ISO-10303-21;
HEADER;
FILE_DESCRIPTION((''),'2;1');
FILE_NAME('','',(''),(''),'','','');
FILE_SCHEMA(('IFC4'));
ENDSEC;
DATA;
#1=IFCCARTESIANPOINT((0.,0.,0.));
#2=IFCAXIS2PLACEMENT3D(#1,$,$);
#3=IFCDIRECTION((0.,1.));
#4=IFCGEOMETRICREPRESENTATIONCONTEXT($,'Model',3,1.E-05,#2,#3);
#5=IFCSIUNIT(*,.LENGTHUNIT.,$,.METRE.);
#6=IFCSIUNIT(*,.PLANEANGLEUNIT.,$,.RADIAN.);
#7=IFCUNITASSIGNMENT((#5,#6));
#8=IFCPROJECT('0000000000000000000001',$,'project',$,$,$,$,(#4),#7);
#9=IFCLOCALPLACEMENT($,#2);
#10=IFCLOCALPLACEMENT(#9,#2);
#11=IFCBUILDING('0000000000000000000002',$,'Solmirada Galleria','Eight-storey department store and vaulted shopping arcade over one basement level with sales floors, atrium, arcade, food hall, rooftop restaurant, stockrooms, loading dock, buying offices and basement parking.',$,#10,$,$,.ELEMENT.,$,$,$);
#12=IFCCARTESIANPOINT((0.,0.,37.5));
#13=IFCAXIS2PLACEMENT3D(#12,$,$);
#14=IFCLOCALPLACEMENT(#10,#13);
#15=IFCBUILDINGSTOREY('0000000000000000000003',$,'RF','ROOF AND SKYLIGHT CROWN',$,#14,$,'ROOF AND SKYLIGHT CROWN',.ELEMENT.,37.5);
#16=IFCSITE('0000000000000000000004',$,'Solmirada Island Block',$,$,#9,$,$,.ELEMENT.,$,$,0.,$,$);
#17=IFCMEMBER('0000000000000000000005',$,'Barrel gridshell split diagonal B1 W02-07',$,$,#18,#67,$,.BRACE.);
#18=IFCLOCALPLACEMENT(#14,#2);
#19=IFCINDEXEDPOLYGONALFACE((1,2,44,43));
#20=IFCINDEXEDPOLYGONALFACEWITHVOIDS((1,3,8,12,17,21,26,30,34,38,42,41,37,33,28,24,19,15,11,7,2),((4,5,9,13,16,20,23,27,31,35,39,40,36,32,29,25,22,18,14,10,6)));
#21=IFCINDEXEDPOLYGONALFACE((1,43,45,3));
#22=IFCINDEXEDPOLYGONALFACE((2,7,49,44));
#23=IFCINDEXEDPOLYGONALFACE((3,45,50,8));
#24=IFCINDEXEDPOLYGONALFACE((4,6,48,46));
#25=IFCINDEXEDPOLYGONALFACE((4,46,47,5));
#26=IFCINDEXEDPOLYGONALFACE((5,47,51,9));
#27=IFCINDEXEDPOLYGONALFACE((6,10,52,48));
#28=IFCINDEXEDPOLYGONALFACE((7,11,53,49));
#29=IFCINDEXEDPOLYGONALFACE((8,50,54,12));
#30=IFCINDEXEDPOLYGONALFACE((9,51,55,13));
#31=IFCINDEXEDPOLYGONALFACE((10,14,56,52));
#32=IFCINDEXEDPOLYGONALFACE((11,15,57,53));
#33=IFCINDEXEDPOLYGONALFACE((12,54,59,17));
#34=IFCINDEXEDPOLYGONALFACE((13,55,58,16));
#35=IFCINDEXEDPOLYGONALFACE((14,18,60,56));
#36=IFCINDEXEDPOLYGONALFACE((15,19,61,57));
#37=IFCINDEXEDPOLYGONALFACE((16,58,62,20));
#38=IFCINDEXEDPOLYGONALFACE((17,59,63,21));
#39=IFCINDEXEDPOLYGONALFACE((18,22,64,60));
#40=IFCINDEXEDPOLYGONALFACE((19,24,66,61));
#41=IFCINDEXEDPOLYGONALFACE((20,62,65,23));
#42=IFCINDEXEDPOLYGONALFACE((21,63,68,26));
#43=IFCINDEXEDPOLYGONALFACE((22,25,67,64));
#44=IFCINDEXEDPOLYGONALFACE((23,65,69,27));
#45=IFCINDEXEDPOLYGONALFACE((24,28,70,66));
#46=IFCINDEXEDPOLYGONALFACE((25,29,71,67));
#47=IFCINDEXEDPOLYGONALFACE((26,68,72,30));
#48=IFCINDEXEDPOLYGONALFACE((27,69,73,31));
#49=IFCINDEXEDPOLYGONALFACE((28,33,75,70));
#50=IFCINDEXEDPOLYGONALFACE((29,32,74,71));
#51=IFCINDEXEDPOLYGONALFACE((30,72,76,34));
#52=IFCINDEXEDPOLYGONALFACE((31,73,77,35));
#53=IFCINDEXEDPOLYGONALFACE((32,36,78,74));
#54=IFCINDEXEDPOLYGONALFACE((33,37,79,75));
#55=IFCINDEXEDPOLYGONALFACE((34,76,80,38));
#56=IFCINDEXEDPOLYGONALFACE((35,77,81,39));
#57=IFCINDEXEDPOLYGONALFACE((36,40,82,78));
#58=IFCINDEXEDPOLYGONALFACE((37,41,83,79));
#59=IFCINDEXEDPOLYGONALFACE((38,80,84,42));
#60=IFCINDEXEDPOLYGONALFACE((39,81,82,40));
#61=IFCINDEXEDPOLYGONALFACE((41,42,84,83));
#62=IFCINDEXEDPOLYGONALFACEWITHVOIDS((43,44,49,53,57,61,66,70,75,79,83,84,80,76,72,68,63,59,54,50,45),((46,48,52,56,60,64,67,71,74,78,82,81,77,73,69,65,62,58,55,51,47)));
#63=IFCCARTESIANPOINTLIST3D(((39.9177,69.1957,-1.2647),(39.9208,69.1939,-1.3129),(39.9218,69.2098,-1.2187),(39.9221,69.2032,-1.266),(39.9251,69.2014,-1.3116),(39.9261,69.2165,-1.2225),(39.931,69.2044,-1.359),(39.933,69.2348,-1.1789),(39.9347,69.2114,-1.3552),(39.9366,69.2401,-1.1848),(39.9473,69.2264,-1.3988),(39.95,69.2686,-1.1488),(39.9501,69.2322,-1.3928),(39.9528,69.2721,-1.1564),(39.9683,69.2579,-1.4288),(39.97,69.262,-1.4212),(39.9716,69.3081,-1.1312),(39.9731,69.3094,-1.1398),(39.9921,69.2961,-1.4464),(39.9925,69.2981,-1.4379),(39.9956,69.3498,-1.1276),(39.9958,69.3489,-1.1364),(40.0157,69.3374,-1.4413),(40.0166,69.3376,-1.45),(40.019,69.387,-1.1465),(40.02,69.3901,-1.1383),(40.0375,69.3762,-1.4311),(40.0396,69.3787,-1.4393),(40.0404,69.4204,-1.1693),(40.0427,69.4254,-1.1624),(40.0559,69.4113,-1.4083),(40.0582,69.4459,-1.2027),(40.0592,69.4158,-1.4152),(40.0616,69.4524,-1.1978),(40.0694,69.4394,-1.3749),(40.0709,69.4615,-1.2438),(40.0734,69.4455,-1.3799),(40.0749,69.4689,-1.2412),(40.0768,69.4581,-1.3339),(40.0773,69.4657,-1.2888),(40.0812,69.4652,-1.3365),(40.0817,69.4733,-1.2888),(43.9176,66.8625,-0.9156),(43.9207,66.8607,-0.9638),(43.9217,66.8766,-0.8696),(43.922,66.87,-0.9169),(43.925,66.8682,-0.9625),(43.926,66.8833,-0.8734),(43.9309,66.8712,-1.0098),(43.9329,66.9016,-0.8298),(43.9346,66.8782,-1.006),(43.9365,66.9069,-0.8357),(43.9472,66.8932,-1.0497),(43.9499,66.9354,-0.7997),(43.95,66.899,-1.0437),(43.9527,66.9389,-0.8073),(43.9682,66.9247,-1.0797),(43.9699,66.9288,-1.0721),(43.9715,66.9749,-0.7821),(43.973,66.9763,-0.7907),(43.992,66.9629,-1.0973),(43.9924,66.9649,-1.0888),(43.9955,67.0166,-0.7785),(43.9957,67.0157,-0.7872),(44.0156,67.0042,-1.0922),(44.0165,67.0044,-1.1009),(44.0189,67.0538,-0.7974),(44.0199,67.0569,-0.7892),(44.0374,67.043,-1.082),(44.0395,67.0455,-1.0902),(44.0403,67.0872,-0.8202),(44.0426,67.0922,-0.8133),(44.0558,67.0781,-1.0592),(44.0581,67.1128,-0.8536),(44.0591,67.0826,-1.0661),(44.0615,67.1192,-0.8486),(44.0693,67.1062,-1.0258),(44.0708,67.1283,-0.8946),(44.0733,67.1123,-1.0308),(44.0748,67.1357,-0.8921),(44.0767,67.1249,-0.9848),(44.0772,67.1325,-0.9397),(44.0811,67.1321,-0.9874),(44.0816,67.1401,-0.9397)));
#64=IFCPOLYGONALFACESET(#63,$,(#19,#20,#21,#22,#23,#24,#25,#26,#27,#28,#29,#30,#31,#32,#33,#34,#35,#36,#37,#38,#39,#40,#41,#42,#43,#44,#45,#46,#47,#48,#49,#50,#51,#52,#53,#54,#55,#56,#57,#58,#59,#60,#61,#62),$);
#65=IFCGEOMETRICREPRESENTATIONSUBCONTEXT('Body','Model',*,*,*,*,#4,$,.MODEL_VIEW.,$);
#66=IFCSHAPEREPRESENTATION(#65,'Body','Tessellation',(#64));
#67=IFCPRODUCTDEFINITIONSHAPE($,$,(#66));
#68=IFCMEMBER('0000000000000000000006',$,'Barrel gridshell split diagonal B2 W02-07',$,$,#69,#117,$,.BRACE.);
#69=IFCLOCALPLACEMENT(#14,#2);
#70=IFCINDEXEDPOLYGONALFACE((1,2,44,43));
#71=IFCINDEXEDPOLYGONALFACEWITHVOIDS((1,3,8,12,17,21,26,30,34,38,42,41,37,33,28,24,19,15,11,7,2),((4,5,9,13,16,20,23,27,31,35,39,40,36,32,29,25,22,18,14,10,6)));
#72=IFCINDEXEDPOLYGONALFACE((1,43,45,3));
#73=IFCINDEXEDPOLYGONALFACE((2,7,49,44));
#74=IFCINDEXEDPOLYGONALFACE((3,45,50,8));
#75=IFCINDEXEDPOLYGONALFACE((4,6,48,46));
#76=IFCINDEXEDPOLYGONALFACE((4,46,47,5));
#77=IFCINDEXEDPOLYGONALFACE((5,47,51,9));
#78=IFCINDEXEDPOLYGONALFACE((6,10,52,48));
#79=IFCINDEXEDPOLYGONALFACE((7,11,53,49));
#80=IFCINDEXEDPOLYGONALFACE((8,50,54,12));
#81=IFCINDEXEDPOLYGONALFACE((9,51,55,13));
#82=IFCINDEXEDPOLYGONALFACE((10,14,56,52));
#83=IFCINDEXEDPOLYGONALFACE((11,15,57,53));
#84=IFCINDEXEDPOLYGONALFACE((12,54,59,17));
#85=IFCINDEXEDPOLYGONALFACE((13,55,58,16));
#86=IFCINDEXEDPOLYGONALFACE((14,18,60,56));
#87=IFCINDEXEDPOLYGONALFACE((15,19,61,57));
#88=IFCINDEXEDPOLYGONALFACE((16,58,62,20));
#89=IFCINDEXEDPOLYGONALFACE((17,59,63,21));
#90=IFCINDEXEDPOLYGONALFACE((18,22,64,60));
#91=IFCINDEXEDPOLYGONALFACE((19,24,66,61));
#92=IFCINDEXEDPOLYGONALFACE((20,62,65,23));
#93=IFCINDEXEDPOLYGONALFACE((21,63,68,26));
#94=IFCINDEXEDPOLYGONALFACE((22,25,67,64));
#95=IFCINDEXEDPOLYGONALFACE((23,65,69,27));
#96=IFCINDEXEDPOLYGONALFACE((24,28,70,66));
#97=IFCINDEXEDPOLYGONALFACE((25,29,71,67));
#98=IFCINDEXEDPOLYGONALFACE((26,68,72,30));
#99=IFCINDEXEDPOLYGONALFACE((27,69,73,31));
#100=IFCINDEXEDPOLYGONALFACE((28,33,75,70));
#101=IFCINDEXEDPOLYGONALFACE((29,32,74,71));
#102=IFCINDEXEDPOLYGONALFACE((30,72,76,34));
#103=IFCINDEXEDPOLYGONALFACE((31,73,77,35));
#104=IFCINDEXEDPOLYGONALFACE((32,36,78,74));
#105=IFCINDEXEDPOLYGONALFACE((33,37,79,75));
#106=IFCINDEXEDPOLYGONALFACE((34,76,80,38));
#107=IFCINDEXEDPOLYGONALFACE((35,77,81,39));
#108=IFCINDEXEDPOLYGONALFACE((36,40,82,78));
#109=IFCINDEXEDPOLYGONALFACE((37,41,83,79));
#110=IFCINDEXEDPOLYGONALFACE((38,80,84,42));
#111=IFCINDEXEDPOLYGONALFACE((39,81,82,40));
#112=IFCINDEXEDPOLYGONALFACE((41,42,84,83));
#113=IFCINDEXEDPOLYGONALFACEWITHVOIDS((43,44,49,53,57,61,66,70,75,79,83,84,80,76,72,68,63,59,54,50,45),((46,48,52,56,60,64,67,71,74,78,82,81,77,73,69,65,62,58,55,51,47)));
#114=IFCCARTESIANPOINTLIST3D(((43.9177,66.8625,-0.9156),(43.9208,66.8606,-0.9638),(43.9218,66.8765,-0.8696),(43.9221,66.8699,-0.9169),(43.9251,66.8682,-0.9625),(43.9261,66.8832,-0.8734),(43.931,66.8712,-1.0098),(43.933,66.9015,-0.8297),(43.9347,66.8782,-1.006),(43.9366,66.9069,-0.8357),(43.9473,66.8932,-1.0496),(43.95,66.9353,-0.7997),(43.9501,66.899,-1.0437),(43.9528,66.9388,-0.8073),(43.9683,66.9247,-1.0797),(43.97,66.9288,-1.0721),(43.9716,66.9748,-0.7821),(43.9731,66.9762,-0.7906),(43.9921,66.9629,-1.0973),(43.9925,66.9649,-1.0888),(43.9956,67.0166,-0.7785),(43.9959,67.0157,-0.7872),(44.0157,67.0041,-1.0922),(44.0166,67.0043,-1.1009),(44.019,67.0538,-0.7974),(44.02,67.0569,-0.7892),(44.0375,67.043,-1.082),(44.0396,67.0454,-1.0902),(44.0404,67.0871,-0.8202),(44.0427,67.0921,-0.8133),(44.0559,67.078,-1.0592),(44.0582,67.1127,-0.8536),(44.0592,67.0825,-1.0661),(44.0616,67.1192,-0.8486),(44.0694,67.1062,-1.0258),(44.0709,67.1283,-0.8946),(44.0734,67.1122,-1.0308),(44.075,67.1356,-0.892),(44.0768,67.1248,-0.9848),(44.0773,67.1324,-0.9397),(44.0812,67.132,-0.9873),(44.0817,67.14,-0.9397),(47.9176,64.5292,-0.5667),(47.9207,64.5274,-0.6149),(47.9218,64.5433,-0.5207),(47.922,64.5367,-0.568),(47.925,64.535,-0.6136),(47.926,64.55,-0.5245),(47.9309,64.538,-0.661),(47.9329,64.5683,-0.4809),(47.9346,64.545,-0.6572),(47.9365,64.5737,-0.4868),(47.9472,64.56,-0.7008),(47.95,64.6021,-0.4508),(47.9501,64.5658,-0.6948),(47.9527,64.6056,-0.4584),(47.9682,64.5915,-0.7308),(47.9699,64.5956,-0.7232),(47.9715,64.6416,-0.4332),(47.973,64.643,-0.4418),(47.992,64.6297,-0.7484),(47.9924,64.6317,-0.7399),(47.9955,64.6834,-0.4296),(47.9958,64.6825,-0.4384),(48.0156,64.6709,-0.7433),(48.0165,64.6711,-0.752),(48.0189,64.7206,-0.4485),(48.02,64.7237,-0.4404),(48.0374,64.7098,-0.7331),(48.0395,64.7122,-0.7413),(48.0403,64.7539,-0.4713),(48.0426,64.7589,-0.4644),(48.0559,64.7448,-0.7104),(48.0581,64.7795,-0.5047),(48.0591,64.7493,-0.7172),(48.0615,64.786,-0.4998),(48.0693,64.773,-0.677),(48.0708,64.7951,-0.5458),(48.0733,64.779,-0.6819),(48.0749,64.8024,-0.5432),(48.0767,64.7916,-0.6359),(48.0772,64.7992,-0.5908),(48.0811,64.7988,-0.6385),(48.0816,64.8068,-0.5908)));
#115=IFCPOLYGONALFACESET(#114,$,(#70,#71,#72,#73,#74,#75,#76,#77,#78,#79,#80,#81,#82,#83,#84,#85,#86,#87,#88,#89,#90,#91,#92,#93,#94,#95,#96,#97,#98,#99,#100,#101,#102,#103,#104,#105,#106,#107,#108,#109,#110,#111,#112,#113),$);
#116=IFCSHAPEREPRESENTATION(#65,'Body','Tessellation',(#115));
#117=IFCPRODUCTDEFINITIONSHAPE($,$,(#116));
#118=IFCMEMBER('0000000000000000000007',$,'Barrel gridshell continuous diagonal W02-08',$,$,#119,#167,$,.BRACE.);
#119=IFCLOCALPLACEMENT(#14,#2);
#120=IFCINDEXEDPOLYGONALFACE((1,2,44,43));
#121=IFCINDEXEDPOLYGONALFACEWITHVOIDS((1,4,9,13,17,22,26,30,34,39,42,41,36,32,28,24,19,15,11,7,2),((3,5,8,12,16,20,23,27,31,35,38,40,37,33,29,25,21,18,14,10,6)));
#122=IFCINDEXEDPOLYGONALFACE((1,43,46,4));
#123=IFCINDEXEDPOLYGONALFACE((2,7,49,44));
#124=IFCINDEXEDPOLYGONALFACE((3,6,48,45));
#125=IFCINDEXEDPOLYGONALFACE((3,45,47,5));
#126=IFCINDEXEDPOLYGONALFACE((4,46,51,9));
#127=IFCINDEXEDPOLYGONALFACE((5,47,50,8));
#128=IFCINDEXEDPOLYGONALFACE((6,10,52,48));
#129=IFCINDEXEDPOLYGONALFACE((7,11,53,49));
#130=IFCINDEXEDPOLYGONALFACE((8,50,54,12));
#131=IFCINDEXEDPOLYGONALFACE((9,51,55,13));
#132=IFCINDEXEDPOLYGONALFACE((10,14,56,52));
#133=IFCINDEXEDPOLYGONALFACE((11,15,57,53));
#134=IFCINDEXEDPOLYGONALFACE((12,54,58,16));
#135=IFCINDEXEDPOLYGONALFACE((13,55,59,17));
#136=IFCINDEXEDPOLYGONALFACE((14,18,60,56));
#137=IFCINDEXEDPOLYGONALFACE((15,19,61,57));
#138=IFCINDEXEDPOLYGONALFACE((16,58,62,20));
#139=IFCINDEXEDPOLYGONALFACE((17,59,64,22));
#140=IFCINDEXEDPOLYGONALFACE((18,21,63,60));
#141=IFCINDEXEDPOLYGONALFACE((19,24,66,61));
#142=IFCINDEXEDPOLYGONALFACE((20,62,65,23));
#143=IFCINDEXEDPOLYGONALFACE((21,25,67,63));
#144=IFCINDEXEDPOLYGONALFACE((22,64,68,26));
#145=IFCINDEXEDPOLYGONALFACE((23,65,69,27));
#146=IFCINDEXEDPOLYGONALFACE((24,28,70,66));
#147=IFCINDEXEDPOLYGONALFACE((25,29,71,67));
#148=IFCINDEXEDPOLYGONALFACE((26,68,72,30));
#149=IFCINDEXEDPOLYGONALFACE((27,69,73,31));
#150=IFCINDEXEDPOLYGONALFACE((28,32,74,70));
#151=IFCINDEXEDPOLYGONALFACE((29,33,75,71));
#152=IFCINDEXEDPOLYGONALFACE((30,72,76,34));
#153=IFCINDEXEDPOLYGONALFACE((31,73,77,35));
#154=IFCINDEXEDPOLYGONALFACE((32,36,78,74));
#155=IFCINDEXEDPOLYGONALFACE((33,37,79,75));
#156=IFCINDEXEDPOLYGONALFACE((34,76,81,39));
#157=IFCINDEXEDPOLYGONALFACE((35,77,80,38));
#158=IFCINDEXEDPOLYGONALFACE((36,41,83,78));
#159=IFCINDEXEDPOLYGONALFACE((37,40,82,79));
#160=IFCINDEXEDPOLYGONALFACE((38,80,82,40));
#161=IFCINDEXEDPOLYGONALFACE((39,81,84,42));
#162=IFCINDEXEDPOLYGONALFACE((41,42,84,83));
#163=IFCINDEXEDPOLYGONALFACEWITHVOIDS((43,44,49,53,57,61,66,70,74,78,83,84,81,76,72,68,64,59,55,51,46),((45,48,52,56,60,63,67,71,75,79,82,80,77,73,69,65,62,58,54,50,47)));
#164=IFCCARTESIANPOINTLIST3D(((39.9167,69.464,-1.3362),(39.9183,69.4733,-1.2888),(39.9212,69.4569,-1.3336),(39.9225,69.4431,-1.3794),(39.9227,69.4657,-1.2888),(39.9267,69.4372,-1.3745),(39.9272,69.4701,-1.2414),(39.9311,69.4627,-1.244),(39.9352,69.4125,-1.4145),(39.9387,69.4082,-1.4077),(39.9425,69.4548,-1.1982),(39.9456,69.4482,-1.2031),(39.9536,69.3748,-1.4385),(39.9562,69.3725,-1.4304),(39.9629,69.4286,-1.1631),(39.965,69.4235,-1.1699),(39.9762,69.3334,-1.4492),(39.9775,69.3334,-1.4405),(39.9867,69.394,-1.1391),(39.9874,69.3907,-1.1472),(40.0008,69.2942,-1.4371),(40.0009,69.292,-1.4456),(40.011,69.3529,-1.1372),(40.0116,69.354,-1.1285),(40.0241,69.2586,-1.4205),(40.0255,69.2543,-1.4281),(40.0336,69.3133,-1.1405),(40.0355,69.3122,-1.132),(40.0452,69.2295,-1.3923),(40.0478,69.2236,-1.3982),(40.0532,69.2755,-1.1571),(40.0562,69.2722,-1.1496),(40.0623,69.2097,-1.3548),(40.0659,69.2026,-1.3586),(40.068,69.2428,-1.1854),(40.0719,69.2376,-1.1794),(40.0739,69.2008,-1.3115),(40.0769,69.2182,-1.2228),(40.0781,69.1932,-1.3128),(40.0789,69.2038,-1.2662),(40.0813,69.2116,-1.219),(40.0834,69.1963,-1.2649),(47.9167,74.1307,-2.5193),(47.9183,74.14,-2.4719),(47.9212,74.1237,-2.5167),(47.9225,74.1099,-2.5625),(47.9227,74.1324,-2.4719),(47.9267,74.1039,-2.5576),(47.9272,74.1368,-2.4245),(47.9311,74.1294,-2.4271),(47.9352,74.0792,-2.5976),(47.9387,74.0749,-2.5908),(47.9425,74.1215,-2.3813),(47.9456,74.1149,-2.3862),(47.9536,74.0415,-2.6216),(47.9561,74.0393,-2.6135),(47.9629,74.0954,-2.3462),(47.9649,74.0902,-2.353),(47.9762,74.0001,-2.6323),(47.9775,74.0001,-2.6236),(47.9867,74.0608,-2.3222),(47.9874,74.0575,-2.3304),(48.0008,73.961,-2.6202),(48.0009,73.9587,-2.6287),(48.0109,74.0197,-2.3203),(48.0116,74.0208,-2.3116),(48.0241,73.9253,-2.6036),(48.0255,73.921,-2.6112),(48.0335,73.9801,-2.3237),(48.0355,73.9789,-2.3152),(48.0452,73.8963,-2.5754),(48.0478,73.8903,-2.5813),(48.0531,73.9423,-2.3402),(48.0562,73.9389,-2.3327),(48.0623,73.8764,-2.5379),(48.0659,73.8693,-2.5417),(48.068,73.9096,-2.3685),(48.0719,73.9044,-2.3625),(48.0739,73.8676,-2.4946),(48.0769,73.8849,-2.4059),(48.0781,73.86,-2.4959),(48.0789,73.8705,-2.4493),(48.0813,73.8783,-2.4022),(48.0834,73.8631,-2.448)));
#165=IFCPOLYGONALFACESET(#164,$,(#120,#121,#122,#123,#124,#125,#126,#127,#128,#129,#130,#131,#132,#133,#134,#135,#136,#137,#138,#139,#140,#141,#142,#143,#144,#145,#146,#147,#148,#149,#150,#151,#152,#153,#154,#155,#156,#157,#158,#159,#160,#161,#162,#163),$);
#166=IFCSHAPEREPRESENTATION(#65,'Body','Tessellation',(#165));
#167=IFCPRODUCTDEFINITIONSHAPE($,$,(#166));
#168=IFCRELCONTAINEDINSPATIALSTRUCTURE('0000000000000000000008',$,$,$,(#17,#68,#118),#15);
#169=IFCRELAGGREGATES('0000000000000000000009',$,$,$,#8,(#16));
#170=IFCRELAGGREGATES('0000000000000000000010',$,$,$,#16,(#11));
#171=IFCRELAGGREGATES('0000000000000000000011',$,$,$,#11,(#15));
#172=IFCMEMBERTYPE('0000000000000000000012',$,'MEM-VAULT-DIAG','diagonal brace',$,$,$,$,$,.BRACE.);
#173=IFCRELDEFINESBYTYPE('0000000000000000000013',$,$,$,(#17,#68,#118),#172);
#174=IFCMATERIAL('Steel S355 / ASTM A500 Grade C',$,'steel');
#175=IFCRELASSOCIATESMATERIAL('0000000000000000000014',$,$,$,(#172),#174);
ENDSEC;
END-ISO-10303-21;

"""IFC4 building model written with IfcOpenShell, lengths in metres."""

from ifc_helpers import new_model, si_unit, direction, frame, origin, origin_2d, place, context, subcontext, project, spatial, hollow_circle, extrude, material, material_profile, profile_set, type_object, element, save


model = new_model("IFC4")

# Units and contexts
model_context = context("Model", 3, precision=1e-05, world=origin(), true_north=direction((0.0, 1.0)))
body_context = subcontext(model_context, "Body", "Model", "MODEL_VIEW")
ifc_project = project(units=[si_unit("LENGTHUNIT", "METRE"), si_unit("PLANEANGLEUNIT", "RADIAN")], contexts=[model_context])

# Site, building, storey
site_placement = place(None, origin())
site = spatial("IfcSite", under=ifc_project, at=site_placement, Name="Solmirada Island Block", CompositionType="ELEMENT", RefElevation=0.0)
building_placement = place(site_placement, origin())
building = spatial("IfcBuilding", under=site, at=building_placement, Name="Solmirada Galleria", Description="Eight-storey department store and vaulted shopping arcade over one basement level with sales floors, atrium, arcade, food hall, rooftop restaurant, stockrooms, loading dock, buying offices and basement parking.", CompositionType="ELEMENT")
storey_placement = place(building_placement, frame((0.0, 0.0, 37.5)))
storey = spatial("IfcBuildingStorey", under=building, at=storey_placement, Name="RF", Description="ROOF AND SKYLIGHT CROWN", LongName="ROOF AND SKYLIGHT CROWN", CompositionType="ELEMENT", Elevation=37.5)

# Members
ifc_material_1 = material(Name="Steel S355 / ASTM A500 Grade C", Category="steel")
ifc_material_profile_1 = material_profile(ifc_material_1, hollow_circle(Radius=0.1621, WallThickness=0.0088, at=origin_2d()), Name="HSS12.750X0.375")
ifc_profile_set_1 = profile_set([ifc_material_profile_1], Name="Steel S355 / ASTM A500 Grade C")
member_type_1 = type_object("IfcMemberType", Name="MEM-VAULT-DIAG", Description="diagonal brace", PredefinedType="BRACE", material=ifc_profile_set_1)
for number, where, z_axis, x_axis, name in (
    (1, (40.0, 69.3333, -1.2888), (0.861342, -0.502432, 0.075178), (0.503858, 0.863787, 0.0), "Barrel gridshell split diagonal B1 W02-07"),
    (2, (44.0, 67.0, -0.9397), (0.861346, -0.502434, 0.075126), (0.503858, 0.863787, 0.0), "Barrel gridshell split diagonal B2 W02-07"),
):
    element("IfcMember", number, at=place(storey_placement, frame(where, z_axis=z_axis, x_axis=x_axis)), inside=storey, type_object=member_type_1, Name=name, PredefinedType="BRACE", context=body_context, shape_type="SweptSolid", body=[
        extrude(hollow_circle(Radius=0.1621, WallThickness=0.0088, at=origin_2d()), origin(), (0.0, 0.0, 1.0), 4.6438),
    ])
member_1_placement = place(storey_placement, frame((40.0, 69.3333, -1.2888), z_axis=(0.856813, 0.499816, -0.126712), x_axis=(-0.503878, 0.863775, 0.0)))
element("IfcMember", 3, at=member_1_placement, inside=storey, type_object=member_type_1, Name="Barrel gridshell continuous diagonal W02-08", PredefinedType="BRACE", context=body_context, shape_type="SweptSolid", body=[
    extrude(hollow_circle(Radius=0.1621, WallThickness=0.0088, at=origin_2d()), origin(), (0.0, 0.0, 1.0), 9.3369),
])

save(model, "model.ifc")
